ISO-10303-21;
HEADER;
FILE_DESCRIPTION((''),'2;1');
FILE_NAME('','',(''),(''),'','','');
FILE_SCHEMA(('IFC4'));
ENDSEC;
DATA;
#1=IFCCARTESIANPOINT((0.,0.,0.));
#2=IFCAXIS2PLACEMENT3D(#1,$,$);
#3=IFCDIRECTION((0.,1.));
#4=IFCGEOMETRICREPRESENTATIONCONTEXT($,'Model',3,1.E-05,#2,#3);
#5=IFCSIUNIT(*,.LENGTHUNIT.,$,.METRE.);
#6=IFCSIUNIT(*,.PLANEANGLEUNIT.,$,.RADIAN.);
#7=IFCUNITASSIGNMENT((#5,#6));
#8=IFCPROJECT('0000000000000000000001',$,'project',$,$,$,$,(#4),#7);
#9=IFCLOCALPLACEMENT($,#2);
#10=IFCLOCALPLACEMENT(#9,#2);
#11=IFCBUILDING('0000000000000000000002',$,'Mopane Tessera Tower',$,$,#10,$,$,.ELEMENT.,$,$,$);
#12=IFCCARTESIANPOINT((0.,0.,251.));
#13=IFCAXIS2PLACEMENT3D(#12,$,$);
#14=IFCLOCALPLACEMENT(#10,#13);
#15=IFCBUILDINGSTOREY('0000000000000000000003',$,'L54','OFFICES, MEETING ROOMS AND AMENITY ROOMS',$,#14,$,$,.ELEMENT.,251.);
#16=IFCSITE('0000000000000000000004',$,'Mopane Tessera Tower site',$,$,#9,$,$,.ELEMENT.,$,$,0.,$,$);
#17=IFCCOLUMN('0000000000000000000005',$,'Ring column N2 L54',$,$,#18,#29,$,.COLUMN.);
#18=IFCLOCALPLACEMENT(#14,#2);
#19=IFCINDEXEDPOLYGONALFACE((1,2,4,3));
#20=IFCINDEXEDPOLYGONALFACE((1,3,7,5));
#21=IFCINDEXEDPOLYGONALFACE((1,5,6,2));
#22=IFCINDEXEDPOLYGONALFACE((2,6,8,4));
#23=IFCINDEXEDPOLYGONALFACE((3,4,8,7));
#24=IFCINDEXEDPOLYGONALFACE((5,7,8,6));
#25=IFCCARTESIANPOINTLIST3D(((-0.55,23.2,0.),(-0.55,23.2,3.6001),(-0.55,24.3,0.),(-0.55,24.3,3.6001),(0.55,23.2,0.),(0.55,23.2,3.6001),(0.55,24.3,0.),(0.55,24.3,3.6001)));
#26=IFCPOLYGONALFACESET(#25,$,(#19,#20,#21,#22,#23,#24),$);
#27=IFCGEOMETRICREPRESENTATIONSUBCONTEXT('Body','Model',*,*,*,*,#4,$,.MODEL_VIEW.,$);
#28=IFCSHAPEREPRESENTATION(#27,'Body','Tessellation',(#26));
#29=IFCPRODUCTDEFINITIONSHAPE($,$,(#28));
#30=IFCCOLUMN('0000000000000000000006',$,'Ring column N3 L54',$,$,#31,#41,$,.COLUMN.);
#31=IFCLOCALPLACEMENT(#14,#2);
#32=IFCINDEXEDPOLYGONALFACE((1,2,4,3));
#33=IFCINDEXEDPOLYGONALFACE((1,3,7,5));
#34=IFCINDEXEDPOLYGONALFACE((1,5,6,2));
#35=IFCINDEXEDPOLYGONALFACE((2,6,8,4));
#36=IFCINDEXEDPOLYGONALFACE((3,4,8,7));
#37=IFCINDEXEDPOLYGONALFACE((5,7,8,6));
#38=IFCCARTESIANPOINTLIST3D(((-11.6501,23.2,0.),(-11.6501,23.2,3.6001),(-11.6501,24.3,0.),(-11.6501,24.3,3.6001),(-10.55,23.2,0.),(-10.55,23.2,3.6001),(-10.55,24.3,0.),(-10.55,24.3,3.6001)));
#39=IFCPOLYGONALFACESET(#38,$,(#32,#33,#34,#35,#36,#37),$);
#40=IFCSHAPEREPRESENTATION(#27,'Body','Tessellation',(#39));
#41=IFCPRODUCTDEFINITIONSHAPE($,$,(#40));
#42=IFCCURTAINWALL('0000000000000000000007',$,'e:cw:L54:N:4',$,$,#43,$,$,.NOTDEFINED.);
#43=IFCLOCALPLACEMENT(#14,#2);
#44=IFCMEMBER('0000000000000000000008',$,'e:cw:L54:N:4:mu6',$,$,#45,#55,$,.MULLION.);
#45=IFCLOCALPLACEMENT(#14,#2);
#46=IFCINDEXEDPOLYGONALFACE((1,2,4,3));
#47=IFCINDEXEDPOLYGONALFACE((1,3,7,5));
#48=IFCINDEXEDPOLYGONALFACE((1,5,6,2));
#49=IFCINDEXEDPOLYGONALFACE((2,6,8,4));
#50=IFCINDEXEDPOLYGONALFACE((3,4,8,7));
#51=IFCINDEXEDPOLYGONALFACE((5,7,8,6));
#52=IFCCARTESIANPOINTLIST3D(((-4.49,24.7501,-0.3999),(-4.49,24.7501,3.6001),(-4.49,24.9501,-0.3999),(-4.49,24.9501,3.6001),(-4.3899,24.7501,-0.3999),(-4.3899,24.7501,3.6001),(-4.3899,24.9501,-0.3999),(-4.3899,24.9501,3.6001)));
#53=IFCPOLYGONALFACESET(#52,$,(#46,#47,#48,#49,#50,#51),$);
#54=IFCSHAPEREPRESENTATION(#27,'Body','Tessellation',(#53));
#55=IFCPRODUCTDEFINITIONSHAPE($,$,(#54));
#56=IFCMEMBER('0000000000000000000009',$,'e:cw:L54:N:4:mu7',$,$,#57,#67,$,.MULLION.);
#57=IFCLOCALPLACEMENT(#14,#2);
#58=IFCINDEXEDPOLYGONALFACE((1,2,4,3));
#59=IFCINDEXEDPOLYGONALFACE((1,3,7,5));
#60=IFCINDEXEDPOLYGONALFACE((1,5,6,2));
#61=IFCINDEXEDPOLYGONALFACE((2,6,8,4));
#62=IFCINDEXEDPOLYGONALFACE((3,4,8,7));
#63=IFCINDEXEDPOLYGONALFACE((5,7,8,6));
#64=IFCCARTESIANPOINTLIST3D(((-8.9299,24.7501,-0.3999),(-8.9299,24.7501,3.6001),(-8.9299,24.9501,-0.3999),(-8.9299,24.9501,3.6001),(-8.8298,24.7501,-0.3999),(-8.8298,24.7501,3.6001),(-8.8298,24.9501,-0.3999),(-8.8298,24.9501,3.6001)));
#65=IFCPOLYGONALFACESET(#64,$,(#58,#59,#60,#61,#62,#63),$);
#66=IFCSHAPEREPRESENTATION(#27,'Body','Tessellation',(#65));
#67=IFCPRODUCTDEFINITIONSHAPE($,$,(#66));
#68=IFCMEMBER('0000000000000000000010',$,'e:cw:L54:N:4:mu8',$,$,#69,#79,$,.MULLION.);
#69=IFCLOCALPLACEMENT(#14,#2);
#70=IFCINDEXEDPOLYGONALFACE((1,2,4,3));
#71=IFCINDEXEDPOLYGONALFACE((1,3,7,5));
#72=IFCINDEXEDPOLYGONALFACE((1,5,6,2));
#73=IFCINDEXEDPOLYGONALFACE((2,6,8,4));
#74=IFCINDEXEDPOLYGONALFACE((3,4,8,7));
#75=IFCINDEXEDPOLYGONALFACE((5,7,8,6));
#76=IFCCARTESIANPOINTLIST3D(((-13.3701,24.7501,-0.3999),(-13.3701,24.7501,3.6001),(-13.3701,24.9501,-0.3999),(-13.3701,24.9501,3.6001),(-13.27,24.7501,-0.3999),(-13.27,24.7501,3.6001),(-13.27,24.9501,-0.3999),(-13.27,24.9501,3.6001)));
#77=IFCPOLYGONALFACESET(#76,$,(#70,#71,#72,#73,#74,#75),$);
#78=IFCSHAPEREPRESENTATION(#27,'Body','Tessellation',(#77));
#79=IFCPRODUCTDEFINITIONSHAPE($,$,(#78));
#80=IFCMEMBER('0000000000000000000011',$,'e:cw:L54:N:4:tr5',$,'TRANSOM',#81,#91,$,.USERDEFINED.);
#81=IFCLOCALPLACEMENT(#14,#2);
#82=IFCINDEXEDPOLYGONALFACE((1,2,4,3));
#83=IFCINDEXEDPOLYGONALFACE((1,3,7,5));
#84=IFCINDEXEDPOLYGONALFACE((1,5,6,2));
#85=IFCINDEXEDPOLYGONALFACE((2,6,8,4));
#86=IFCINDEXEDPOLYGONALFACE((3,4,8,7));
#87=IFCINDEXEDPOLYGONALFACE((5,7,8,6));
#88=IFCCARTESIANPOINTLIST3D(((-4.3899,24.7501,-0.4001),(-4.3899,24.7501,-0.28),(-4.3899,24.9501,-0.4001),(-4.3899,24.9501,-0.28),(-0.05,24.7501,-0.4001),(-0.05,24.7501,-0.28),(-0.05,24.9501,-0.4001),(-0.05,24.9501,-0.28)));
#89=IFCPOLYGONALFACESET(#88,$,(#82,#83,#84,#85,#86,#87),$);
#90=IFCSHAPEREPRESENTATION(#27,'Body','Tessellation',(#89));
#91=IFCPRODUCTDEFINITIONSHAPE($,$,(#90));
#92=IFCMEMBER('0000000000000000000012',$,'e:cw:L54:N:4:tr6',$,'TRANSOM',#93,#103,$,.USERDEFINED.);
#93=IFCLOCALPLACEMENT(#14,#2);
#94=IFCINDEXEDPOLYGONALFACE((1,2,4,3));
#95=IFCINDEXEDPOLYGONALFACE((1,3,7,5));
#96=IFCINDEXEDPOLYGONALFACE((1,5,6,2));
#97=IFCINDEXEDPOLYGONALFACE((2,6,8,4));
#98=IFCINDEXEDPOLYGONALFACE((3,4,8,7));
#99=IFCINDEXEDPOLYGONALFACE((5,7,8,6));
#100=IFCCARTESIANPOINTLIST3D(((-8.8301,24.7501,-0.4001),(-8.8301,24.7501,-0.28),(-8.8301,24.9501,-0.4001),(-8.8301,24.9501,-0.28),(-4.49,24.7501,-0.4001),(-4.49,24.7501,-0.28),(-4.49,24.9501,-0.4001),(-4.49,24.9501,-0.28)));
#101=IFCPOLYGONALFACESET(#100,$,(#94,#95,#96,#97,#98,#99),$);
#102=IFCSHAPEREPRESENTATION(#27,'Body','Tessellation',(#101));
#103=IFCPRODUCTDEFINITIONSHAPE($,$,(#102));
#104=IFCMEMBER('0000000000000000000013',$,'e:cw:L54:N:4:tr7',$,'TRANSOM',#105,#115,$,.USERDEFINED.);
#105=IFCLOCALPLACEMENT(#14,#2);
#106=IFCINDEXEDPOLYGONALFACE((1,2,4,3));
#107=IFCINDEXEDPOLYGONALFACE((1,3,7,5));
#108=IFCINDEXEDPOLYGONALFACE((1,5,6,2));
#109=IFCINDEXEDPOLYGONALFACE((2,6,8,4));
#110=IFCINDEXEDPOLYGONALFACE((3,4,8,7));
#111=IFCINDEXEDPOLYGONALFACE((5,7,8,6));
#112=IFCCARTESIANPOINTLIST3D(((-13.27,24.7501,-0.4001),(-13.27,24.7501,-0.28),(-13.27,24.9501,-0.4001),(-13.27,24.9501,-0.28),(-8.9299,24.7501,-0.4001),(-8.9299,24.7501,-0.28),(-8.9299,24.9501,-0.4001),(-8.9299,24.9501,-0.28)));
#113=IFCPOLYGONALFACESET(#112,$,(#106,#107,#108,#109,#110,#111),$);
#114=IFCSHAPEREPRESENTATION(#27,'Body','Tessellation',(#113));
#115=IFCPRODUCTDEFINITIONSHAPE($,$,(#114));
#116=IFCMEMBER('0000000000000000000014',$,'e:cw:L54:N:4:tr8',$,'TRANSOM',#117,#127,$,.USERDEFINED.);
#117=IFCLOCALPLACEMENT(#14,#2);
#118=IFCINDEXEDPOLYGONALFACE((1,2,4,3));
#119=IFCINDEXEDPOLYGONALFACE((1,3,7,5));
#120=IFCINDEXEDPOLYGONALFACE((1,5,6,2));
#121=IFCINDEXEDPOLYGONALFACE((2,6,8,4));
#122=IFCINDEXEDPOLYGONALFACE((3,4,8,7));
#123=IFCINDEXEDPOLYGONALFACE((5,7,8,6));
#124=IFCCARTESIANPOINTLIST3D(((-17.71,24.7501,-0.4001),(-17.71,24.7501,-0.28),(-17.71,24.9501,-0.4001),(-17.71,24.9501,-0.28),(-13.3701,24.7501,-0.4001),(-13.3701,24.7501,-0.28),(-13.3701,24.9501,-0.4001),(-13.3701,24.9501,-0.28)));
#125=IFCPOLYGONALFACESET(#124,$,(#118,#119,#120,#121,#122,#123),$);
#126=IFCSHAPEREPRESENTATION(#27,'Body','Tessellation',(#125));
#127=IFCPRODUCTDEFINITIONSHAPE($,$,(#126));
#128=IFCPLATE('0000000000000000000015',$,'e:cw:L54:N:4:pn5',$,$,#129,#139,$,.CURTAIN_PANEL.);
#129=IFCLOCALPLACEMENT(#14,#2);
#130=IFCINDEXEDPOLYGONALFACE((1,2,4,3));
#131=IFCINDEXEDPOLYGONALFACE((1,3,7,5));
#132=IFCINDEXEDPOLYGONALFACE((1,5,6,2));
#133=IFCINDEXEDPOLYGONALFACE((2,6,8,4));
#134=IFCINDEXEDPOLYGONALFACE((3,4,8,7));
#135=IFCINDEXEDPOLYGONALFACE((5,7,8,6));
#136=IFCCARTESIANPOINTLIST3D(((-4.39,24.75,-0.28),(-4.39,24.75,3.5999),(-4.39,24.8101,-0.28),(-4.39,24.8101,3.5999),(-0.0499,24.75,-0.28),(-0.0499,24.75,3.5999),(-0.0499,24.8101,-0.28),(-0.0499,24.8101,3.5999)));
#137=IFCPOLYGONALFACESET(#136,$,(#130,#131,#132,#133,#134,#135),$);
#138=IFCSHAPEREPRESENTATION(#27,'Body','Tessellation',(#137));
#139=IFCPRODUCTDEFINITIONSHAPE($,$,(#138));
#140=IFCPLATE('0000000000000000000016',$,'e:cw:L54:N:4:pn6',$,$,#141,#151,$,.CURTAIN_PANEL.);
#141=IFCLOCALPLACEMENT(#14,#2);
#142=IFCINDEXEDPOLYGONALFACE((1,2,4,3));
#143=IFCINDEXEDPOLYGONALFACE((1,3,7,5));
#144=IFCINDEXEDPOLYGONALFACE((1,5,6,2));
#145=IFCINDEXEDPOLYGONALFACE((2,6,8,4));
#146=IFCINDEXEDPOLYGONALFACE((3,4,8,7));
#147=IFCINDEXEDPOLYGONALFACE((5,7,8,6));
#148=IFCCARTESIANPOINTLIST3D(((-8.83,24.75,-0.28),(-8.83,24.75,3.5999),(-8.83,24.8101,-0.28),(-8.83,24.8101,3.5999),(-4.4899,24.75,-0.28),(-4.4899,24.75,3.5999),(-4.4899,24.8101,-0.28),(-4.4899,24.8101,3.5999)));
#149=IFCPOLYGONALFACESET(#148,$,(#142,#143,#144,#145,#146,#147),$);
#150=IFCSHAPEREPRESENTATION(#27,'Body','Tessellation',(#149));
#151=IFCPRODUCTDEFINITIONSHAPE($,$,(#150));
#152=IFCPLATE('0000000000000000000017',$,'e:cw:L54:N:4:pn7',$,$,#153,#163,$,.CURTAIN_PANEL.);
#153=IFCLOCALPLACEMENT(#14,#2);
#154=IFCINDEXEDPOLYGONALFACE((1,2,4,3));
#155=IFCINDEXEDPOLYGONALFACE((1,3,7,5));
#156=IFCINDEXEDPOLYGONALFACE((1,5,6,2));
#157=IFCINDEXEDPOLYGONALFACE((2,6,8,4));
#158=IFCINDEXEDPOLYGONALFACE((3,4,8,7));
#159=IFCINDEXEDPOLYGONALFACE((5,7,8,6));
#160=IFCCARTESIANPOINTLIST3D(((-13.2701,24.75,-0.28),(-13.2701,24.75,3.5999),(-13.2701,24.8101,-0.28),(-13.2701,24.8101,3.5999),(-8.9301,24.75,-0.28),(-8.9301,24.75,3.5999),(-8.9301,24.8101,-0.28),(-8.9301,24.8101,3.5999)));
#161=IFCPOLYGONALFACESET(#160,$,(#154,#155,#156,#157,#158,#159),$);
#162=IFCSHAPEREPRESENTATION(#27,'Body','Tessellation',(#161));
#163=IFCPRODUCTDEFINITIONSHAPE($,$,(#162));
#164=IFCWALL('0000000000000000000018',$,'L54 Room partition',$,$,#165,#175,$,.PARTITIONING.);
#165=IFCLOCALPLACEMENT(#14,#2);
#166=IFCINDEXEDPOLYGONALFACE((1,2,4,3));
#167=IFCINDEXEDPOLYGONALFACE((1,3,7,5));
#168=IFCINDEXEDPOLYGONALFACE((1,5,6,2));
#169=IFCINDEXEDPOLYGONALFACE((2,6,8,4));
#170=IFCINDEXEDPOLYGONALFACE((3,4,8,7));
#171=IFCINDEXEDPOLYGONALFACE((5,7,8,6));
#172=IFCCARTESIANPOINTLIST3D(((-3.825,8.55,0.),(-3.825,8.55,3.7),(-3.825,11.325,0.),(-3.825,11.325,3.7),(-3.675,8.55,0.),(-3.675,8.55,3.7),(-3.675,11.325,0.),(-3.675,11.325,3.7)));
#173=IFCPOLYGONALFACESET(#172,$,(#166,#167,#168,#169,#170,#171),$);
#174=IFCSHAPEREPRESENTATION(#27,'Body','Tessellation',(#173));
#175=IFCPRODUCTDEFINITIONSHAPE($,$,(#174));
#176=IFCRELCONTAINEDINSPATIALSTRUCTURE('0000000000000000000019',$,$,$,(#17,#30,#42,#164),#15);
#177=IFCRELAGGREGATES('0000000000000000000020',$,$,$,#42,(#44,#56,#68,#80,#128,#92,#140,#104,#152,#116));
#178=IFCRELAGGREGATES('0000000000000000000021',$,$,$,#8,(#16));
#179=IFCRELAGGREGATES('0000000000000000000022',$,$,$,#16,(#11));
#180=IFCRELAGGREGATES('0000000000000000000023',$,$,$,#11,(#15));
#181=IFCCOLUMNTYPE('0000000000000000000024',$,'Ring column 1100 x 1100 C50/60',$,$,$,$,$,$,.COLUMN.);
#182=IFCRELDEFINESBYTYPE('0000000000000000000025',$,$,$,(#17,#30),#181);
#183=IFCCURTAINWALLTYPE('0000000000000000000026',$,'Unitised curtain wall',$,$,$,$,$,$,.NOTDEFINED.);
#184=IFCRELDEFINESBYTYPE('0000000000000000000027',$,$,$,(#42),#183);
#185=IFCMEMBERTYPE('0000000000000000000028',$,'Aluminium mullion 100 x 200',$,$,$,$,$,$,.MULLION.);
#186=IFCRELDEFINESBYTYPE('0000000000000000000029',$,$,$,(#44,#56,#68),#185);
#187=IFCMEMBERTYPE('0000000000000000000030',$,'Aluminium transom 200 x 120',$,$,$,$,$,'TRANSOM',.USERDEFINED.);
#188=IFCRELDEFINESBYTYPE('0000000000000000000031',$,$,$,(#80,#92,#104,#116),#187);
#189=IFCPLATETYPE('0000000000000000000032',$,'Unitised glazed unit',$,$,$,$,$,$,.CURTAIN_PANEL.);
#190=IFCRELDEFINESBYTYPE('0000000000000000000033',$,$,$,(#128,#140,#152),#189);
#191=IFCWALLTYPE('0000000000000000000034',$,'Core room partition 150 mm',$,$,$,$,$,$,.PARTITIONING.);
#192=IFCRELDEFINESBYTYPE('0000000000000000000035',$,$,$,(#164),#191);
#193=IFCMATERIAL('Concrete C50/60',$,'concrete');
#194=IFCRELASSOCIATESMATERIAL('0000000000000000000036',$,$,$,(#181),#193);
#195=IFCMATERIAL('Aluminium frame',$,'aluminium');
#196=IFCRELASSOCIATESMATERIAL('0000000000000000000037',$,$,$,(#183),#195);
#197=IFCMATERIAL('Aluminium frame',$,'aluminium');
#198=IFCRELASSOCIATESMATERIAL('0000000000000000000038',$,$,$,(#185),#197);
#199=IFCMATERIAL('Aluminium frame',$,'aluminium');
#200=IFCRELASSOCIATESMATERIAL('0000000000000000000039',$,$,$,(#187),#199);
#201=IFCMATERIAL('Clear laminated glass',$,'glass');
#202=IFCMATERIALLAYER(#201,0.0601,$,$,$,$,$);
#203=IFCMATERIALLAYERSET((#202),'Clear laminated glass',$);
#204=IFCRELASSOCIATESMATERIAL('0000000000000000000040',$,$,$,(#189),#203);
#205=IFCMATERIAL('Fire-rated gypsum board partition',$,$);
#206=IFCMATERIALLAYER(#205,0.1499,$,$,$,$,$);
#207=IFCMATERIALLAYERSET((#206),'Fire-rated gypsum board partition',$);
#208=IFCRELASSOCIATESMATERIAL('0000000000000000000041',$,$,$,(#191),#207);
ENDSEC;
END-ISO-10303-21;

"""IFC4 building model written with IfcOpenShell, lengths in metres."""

from ifc_helpers import new_model, si_unit, direction, frame, frame_2d, origin, origin_2d, place, context, subcontext, project, spatial, rectangle, extrude, material, layer, layer_set, material_profile, profile_set, type_object, element, aggregate, save


model = new_model("IFC4")

# Units and contexts
model_context = context("Model", 3, precision=1e-05, world=origin(), true_north=direction((0.0, 1.0)))
body_context = subcontext(model_context, "Body", "Model", "MODEL_VIEW")
ifc_project = project(units=[si_unit("LENGTHUNIT", "METRE"), si_unit("PLANEANGLEUNIT", "RADIAN")], contexts=[model_context])

# Site, building, storey
site_placement = place(None, origin())
site = spatial("IfcSite", under=ifc_project, at=site_placement, Name="Mopane Tessera Tower site", CompositionType="ELEMENT", RefElevation=0.0)
building_placement = place(site_placement, origin())
building = spatial("IfcBuilding", under=site, at=building_placement, Name="Mopane Tessera Tower", CompositionType="ELEMENT")
storey_placement = place(building_placement, frame((0.0, 0.0, 251.0)))
storey = spatial("IfcBuildingStorey", under=building, at=storey_placement, Name="L54", Description="OFFICES, MEETING ROOMS AND AMENITY ROOMS", CompositionType="ELEMENT", Elevation=251.0)

# Columns
ifc_material_1 = material(Name="Concrete C50/60", Category="concrete")
ifc_material_profile_1 = material_profile(ifc_material_1, rectangle(XDim=1.1001, YDim=1.1001, at=origin_2d()))
ifc_profile_set_1 = profile_set([ifc_material_profile_1], Name="Concrete C50/60")
column_type = type_object("IfcColumnType", Name="Ring column 1100 x 1100 C50/60", PredefinedType="COLUMN", material=ifc_profile_set_1)
for number, where, z_axis, x_axis, name in (
    (1, (0.0, 23.75, 0.0), (0.0, 0.0, 1.0), (1.0, 0.0, 0.0), "Ring column N2 L54"),
    (2, (-11.1001, 23.75, 0.0), (0.0, 0.0, 1.0), (1.0, 0.0, 0.0), "Ring column N3 L54"),
):
    element("IfcColumn", number, at=place(storey_placement, frame(where, z_axis=z_axis, x_axis=x_axis)), inside=storey, type_object=column_type, Name=name, PredefinedType="COLUMN", context=body_context, shape_type="SweptSolid", body=[
        extrude(rectangle(XDim=1.1001, YDim=1.1001, at=origin_2d()), origin(), (0.0, 0.0, 1.0), 3.6001),
    ])

# Curtain wall, members, plates
ifc_material_2 = material(Name="Aluminium frame", Category="aluminium")
curtain_wall_type = type_object("IfcCurtainWallType", Name="Unitised curtain wall", PredefinedType="NOTDEFINED", material=ifc_material_2)
curtain_wall_placement = place(storey_placement, origin())
curtain_wall = element("IfcCurtainWall", 3, at=curtain_wall_placement, inside=storey, type_object=curtain_wall_type, Name="e:cw:L54:N:4", PredefinedType="NOTDEFINED")
ifc_material_3 = material(Name="Aluminium frame", Category="aluminium")
ifc_material_profile_2 = material_profile(ifc_material_3, rectangle(XDim=0.1001, YDim=0.2, at=origin_2d()))
ifc_profile_set_2 = profile_set([ifc_material_profile_2], Name="Aluminium frame")
member_type_1 = type_object("IfcMemberType", Name="Aluminium mullion 100 x 200", PredefinedType="MULLION", material=ifc_profile_set_2)
member_1_placement = place(storey_placement, frame((-4.4399, 24.8501, -0.3999), z_axis=(0.0, 0.0, 1.0), x_axis=(-1.0, 0.0, 0.0)))
member_1 = element("IfcMember", 4, at=member_1_placement, type_object=member_type_1, Name="e:cw:L54:N:4:mu6", PredefinedType="MULLION", context=body_context, shape_type="SweptSolid", body=[
    extrude(rectangle(XDim=0.1001, YDim=0.2, at=origin_2d()), origin(), (0.0, 0.0, 1.0), 4.0),
])
member_2_placement = place(storey_placement, frame((-8.8799, 24.8501, -0.3999), z_axis=(0.0, 0.0, 1.0), x_axis=(-1.0, 0.0, 0.0)))
member_2 = element("IfcMember", 5, at=member_2_placement, type_object=member_type_1, Name="e:cw:L54:N:4:mu7", PredefinedType="MULLION", context=body_context, shape_type="SweptSolid", body=[
    extrude(rectangle(XDim=0.1001, YDim=0.2, at=origin_2d()), origin(), (0.0, 0.0, 1.0), 4.0),
])
member_3_placement = place(storey_placement, frame((-13.3201, 24.8501, -0.3999), z_axis=(0.0, 0.0, 1.0), x_axis=(-1.0, 0.0, 0.0)))
member_3 = element("IfcMember", 6, at=member_3_placement, type_object=member_type_1, Name="e:cw:L54:N:4:mu8", PredefinedType="MULLION", context=body_context, shape_type="SweptSolid", body=[
    extrude(rectangle(XDim=0.1001, YDim=0.2, at=origin_2d()), origin(), (0.0, 0.0, 1.0), 4.0),
])
ifc_material_4 = material(Name="Aluminium frame", Category="aluminium")
ifc_material_profile_3 = material_profile(ifc_material_4, rectangle(XDim=0.2, YDim=0.1201, at=origin_2d()))
ifc_profile_set_3 = profile_set([ifc_material_profile_3], Name="Aluminium frame")
member_type_2 = type_object("IfcMemberType", Name="Aluminium transom 200 x 120", ElementType="TRANSOM", PredefinedType="USERDEFINED", material=ifc_profile_set_3)
member_4_placement = place(storey_placement, frame((-0.05, 24.8501, -0.3401), z_axis=(-1.0, 0.0, 0.0), x_axis=(0.0, -1.0, 0.0)))
member_4 = element("IfcMember", 7, at=member_4_placement, type_object=member_type_2, Name="e:cw:L54:N:4:tr5", ObjectType="TRANSOM", PredefinedType="USERDEFINED", context=body_context, shape_type="SweptSolid", body=[
    extrude(rectangle(XDim=0.2, YDim=0.1201, at=origin_2d()), origin(), (0.0, 0.0, 1.0), 4.3398),
])
member_5_placement = place(storey_placement, frame((-4.49, 24.8501, -0.3401), z_axis=(-1.0, 0.0, 0.0), x_axis=(0.0, -1.0, 0.0)))
member_5 = element("IfcMember", 8, at=member_5_placement, type_object=member_type_2, Name="e:cw:L54:N:4:tr6", ObjectType="TRANSOM", PredefinedType="USERDEFINED", context=body_context, shape_type="SweptSolid", body=[
    extrude(rectangle(XDim=0.2, YDim=0.1201, at=origin_2d()), origin(), (0.0, 0.0, 1.0), 4.3401),
])
member_6_placement = place(storey_placement, frame((-8.9299, 24.8501, -0.3401), z_axis=(-1.0, 0.0, 0.0), x_axis=(0.0, -1.0, 0.0)))
member_6 = element("IfcMember", 9, at=member_6_placement, type_object=member_type_2, Name="e:cw:L54:N:4:tr7", ObjectType="TRANSOM", PredefinedType="USERDEFINED", context=body_context, shape_type="SweptSolid", body=[
    extrude(rectangle(XDim=0.2, YDim=0.1201, at=origin_2d()), origin(), (0.0, 0.0, 1.0), 4.3401),
])
member_7_placement = place(storey_placement, frame((-13.3701, 24.8501, -0.3401), z_axis=(-1.0, 0.0, 0.0), x_axis=(0.0, -1.0, 0.0)))
member_7 = element("IfcMember", 10, at=member_7_placement, type_object=member_type_2, Name="e:cw:L54:N:4:tr8", ObjectType="TRANSOM", PredefinedType="USERDEFINED", context=body_context, shape_type="SweptSolid", body=[
    extrude(rectangle(XDim=0.2, YDim=0.1201, at=origin_2d()), origin(), (0.0, 0.0, 1.0), 4.3398),
])
ifc_material_5 = material(Name="Clear laminated glass", Category="glass")
ifc_layer_1 = layer(ifc_material_5, 0.0601)
ifc_layer_set_1 = layer_set([ifc_layer_1], Name="Clear laminated glass")
plate_type = type_object("IfcPlateType", Name="Unitised glazed unit", PredefinedType="CURTAIN_PANEL", material=ifc_layer_set_1)
plate_1_placement = place(storey_placement, frame((-2.22, 24.78, -0.28), z_axis=(0.0, 0.0, 1.0), x_axis=(-1.0, 0.0, 0.0)))
plate_1 = element("IfcPlate", 11, at=plate_1_placement, type_object=plate_type, Name="e:cw:L54:N:4:pn5", PredefinedType="CURTAIN_PANEL", context=body_context, shape_type="SweptSolid", body=[
    extrude(rectangle(XDim=4.3401, YDim=0.0601, at=origin_2d()), origin(), (0.0, 0.0, 1.0), 3.8799),
])
plate_2_placement = place(storey_placement, frame((-6.6599, 24.78, -0.28), z_axis=(0.0, 0.0, 1.0), x_axis=(-1.0, 0.0, 0.0)))
plate_2 = element("IfcPlate", 12, at=plate_2_placement, type_object=plate_type, Name="e:cw:L54:N:4:pn6", PredefinedType="CURTAIN_PANEL", context=body_context, shape_type="SweptSolid", body=[
    extrude(rectangle(XDim=4.3401, YDim=0.0601, at=origin_2d()), origin(), (0.0, 0.0, 1.0), 3.8799),
])
plate_3_placement = place(storey_placement, frame((-11.1001, 24.78, -0.28), z_axis=(0.0, 0.0, 1.0), x_axis=(-1.0, 0.0, 0.0)))
plate_3 = element("IfcPlate", 13, at=plate_3_placement, type_object=plate_type, Name="e:cw:L54:N:4:pn7", PredefinedType="CURTAIN_PANEL", context=body_context, shape_type="SweptSolid", body=[
    extrude(rectangle(XDim=4.3401, YDim=0.0601, at=origin_2d()), origin(), (0.0, 0.0, 1.0), 3.8799),
])
aggregate(curtain_wall, [member_1, member_2, member_3, member_4, plate_1, member_5, plate_2, member_6, plate_3, member_7])

# Wall
ifc_material_6 = material(Name="Fire-rated gypsum board partition")
ifc_layer_2 = layer(ifc_material_6, 0.1499)
ifc_layer_set_2 = layer_set([ifc_layer_2], Name="Fire-rated gypsum board partition")
wall_type = type_object("IfcWallType", Name="Core room partition 150 mm", PredefinedType="PARTITIONING", material=ifc_layer_set_2)
wall_1_placement = place(storey_placement, frame((-3.75, 8.55, 0.0), z_axis=(0.0, 0.0, 1.0), x_axis=(0.0, 1.0, 0.0)))
element("IfcWall", 14, at=wall_1_placement, inside=storey, type_object=wall_type, Name="L54 Room partition", PredefinedType="PARTITIONING", context=body_context, shape_type="SweptSolid", body=[
    extrude(rectangle(XDim=2.7749, YDim=0.1499, at=frame_2d((1.3875, 0.0))), origin(), (0.0, 0.0, 1.0), 3.7),
])

save(model, "model.ifc")
